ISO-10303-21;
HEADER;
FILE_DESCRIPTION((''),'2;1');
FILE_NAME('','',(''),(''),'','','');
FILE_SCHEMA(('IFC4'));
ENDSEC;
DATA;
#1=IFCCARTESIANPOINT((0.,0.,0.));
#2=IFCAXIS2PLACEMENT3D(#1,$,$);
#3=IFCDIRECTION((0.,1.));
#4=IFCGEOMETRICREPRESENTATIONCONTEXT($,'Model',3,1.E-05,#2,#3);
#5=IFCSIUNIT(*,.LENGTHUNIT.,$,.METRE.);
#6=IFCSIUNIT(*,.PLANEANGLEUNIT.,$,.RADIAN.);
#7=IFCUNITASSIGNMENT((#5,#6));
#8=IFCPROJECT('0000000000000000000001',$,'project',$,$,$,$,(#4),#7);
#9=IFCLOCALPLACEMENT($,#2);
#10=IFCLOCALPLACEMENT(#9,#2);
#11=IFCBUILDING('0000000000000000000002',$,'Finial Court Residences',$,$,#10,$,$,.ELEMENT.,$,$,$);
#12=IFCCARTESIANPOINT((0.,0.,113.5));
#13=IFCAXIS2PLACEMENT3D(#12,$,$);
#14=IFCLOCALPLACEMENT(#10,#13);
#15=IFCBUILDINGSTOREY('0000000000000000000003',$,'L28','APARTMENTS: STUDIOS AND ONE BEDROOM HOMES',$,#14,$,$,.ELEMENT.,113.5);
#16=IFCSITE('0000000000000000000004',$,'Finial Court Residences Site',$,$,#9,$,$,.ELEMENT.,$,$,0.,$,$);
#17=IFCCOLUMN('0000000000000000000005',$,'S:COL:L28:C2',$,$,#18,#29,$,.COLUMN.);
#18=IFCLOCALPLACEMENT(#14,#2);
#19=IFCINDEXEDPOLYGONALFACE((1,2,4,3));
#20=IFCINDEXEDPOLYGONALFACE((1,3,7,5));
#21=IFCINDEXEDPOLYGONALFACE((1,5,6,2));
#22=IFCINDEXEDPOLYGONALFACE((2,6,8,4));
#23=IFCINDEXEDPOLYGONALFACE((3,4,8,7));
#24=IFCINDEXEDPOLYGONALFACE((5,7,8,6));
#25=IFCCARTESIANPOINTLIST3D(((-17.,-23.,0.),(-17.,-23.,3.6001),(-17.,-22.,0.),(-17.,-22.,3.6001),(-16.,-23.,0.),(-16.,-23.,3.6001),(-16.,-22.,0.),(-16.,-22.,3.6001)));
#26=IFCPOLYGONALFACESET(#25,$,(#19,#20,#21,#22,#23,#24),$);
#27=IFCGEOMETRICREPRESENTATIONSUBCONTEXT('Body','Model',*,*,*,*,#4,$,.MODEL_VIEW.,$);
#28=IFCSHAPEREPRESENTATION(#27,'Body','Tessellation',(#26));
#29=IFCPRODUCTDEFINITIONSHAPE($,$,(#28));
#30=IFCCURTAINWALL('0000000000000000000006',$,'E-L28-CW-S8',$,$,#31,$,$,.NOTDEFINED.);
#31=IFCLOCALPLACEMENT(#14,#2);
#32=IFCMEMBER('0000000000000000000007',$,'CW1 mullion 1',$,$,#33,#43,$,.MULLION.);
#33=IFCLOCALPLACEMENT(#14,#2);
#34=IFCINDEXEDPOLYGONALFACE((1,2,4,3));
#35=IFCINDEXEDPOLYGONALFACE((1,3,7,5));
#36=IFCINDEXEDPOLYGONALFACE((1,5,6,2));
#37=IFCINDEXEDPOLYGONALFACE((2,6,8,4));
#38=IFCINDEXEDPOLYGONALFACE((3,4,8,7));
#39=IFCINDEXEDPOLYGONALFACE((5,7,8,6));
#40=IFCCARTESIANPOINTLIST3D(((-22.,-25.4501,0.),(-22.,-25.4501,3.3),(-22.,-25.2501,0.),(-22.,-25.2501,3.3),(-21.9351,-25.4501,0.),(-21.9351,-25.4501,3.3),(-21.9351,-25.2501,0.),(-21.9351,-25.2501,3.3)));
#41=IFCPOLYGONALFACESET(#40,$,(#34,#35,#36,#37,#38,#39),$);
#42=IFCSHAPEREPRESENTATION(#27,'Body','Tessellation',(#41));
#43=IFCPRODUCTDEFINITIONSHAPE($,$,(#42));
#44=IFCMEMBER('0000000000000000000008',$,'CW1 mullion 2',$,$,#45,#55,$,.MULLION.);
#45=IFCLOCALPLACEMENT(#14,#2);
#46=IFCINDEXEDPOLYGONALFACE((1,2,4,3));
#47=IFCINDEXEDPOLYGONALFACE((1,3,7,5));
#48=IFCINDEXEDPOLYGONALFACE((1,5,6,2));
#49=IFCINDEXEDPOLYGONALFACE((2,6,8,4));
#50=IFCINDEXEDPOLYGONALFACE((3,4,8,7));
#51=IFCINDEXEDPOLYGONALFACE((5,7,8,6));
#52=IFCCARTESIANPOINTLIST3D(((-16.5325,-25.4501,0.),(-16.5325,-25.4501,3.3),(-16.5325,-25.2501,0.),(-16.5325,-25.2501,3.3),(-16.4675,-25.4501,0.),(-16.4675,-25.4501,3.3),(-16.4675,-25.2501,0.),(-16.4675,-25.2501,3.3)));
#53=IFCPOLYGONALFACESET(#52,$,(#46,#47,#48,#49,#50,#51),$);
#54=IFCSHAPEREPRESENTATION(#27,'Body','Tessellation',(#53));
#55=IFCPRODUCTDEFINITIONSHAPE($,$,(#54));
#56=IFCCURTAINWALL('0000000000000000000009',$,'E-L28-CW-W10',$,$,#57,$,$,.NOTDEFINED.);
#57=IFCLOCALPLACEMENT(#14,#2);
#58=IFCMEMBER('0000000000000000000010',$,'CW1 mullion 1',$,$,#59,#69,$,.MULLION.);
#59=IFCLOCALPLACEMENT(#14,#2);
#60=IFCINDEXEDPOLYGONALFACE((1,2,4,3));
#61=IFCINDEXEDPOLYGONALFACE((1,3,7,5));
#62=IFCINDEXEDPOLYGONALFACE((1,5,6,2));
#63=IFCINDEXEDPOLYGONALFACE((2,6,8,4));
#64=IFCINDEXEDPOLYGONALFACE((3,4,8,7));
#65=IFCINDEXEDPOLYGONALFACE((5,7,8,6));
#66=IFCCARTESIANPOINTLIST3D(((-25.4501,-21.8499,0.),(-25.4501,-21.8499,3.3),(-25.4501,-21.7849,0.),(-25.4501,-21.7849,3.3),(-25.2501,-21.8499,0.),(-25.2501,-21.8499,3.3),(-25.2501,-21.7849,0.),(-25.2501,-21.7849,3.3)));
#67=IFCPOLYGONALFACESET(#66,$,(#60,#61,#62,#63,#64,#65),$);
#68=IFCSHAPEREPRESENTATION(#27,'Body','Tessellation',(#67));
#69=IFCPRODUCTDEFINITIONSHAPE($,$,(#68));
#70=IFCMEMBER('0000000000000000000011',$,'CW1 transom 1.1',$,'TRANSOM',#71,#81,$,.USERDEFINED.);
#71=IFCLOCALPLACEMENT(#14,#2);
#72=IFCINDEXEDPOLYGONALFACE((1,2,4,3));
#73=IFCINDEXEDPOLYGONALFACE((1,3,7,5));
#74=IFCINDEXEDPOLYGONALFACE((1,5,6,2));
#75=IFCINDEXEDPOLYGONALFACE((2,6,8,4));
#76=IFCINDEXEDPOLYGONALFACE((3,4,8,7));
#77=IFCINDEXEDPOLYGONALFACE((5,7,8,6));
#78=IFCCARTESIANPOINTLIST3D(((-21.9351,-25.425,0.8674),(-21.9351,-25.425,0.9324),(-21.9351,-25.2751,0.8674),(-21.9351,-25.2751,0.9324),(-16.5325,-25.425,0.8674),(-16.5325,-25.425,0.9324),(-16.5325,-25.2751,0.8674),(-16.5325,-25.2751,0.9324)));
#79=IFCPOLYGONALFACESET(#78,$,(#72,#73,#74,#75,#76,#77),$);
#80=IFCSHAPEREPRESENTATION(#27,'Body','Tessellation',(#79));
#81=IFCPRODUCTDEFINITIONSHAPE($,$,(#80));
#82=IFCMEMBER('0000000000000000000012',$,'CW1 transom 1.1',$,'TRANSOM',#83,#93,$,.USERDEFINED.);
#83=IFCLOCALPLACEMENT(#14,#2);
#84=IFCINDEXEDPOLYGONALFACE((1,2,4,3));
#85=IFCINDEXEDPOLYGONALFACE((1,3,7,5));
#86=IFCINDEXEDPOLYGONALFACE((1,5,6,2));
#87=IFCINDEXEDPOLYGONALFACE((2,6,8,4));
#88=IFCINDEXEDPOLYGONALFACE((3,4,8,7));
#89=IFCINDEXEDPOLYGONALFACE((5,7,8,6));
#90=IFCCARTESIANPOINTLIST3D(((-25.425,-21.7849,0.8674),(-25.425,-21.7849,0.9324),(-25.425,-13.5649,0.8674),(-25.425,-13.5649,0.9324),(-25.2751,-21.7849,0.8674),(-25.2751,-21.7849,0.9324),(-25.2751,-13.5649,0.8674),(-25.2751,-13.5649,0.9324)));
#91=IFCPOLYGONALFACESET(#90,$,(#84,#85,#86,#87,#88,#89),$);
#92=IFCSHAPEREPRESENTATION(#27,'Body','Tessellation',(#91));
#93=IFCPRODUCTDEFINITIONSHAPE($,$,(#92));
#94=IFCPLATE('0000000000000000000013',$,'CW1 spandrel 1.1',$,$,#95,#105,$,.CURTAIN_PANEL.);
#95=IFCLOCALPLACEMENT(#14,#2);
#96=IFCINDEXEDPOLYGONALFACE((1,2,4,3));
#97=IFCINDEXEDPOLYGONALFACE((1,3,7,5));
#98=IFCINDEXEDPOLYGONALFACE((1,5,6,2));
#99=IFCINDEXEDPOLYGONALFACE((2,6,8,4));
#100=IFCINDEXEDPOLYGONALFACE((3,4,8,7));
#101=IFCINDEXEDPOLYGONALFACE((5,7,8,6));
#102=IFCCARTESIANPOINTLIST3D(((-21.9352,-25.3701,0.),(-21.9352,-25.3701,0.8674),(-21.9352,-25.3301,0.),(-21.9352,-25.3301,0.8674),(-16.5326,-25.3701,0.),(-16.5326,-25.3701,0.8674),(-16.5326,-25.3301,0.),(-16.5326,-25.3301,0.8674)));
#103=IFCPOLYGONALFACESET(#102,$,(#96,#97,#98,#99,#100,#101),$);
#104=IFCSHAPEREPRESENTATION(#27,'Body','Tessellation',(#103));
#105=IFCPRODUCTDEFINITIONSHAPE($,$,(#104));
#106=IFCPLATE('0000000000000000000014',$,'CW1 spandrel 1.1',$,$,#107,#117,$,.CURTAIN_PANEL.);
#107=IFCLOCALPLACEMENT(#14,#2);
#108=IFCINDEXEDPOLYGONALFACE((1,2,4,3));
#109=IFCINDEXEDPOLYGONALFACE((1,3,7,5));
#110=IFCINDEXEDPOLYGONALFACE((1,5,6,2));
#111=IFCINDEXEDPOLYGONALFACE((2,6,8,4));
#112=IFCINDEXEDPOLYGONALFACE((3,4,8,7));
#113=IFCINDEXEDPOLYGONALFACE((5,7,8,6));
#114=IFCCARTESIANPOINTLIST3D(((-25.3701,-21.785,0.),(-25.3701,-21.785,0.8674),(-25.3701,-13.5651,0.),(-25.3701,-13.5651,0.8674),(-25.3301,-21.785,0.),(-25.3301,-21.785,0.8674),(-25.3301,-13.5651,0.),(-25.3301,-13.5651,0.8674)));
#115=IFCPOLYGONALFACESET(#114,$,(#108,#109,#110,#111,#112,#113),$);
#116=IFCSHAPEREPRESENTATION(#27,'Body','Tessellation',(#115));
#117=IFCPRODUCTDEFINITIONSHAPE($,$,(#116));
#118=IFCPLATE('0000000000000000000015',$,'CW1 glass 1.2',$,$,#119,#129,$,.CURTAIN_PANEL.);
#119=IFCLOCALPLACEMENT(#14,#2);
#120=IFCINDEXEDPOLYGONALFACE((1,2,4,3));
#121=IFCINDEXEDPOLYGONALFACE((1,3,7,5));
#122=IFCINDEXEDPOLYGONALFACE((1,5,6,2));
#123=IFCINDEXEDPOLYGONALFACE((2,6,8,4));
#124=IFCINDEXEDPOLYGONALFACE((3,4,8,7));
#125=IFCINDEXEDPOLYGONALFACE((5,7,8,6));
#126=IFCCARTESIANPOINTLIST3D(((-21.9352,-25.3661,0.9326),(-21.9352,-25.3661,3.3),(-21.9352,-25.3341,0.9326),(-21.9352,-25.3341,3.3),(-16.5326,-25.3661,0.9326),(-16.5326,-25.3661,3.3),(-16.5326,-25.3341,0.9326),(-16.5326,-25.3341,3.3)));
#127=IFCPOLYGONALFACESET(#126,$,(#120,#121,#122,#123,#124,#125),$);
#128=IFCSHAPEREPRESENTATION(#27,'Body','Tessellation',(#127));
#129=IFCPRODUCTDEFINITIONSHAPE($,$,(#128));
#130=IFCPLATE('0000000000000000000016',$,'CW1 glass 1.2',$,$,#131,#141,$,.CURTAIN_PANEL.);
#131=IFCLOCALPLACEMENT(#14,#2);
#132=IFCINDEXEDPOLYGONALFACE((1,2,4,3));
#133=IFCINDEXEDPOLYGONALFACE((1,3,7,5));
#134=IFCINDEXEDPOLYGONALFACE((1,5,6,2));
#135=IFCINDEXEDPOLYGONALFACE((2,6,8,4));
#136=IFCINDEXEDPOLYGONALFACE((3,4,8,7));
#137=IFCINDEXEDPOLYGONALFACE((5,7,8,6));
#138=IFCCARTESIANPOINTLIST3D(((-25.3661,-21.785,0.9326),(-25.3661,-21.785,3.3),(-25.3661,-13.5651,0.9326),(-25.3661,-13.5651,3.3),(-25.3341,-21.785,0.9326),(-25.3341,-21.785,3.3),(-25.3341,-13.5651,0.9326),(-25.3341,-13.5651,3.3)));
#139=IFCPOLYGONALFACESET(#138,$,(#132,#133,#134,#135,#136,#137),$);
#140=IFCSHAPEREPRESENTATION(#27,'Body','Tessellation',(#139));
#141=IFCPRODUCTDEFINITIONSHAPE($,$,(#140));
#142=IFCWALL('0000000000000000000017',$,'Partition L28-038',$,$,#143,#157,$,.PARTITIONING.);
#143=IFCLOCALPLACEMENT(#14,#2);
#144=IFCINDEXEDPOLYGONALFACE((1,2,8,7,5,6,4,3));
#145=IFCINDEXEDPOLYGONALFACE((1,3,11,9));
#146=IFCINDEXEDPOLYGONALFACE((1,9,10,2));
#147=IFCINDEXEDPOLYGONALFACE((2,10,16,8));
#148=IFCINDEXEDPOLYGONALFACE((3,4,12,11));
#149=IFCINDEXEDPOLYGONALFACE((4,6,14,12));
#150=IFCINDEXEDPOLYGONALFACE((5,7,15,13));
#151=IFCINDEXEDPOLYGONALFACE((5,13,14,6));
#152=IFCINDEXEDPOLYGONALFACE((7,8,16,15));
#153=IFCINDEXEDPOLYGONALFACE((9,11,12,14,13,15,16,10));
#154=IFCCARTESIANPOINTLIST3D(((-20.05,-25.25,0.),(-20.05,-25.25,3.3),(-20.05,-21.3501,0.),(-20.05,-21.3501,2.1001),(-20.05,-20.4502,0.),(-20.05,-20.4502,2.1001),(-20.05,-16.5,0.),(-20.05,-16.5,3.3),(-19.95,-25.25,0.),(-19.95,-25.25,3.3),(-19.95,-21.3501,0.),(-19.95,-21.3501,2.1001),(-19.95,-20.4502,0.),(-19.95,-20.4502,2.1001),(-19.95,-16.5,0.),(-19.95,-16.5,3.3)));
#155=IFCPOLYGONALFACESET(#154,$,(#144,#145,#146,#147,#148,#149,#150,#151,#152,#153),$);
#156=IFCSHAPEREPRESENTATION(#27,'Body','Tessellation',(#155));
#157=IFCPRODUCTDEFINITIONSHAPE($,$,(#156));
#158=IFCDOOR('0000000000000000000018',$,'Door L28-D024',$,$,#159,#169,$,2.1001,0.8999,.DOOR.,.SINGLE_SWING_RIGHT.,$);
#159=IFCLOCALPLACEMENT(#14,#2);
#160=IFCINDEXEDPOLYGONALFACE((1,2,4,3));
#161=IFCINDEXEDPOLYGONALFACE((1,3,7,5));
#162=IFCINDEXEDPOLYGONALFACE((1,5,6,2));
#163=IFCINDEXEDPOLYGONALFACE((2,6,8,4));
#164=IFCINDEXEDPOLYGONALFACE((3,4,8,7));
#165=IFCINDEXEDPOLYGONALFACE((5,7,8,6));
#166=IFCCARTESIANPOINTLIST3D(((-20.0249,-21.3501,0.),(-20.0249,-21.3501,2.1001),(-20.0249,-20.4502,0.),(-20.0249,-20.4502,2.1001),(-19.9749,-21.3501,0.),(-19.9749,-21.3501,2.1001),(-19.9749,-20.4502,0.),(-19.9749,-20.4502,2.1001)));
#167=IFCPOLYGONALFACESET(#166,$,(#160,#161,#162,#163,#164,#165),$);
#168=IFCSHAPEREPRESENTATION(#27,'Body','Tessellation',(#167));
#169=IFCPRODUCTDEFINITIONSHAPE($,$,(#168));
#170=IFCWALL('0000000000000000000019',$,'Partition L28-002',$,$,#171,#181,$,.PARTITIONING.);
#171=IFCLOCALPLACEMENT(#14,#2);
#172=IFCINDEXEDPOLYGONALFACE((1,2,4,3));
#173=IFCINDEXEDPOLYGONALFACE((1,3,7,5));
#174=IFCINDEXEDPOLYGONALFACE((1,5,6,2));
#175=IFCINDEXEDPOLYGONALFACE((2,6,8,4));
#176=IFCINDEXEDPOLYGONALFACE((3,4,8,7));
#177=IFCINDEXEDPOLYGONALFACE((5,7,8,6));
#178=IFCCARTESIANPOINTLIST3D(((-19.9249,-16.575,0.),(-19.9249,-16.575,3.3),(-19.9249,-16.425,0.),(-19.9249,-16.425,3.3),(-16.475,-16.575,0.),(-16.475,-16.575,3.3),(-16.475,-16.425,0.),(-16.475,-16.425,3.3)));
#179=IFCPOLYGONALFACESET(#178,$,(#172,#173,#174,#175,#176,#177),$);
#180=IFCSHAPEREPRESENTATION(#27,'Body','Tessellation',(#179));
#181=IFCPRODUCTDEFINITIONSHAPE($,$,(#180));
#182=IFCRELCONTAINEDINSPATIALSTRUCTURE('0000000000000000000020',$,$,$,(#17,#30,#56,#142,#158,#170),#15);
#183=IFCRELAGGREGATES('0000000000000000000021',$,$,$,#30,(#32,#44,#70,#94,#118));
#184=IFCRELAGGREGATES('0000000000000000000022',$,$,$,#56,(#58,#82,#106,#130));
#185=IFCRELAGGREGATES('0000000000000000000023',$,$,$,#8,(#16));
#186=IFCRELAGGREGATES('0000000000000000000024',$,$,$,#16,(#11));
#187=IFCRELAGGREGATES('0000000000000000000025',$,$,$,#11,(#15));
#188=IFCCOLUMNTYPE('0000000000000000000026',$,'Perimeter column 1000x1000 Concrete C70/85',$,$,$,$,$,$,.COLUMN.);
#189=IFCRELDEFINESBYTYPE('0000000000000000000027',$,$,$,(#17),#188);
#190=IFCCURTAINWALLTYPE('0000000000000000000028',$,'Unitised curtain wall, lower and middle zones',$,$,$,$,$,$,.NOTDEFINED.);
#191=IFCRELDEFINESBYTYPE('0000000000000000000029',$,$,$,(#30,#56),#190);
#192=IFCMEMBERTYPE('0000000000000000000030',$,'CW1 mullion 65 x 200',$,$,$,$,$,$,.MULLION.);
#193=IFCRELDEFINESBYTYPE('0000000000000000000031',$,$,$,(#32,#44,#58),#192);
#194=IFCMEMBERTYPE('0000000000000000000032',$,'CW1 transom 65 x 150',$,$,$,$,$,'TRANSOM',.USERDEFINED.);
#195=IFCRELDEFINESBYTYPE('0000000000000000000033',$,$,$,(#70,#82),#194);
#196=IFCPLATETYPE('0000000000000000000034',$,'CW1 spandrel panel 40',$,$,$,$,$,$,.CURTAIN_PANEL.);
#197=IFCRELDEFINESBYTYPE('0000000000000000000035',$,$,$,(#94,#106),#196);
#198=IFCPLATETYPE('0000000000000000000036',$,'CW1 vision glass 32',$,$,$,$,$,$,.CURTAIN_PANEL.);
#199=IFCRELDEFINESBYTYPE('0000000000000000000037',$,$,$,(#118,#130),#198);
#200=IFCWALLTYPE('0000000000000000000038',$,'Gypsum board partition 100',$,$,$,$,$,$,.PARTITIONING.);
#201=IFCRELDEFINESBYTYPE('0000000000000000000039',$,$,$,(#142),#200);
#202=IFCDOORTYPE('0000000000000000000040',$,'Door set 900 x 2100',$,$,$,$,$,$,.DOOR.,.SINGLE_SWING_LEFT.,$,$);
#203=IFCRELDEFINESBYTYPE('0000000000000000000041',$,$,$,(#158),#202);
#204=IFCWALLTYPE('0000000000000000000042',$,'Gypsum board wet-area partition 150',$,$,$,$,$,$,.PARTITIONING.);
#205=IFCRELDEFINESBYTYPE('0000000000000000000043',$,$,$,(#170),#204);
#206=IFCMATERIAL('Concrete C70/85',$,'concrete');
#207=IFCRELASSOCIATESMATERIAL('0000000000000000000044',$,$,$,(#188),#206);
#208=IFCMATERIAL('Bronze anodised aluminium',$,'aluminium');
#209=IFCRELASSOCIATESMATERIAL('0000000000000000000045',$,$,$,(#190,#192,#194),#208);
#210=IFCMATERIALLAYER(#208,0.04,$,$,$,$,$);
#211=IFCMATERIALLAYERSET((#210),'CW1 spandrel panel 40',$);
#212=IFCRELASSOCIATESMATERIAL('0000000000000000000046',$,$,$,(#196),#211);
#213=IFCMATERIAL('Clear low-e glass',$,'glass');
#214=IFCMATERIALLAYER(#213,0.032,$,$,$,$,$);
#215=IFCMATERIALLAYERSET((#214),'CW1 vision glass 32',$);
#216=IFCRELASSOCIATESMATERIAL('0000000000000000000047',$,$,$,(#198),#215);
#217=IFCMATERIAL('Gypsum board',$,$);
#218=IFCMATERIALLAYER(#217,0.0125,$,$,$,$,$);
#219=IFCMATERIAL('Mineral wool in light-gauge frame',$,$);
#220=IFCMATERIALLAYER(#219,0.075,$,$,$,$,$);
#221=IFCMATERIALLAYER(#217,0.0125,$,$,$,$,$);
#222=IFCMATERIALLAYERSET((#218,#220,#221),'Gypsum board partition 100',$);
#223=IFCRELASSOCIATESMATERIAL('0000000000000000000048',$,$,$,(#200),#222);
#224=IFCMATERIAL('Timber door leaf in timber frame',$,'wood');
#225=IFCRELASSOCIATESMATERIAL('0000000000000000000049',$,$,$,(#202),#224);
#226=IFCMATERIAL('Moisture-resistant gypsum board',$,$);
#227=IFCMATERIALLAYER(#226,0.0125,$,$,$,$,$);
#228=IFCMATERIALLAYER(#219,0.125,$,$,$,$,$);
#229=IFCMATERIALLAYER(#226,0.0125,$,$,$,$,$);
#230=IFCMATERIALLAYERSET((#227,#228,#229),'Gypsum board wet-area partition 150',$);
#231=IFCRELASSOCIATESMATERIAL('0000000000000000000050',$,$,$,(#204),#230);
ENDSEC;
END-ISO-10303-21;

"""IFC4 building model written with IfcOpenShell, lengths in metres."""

from ifc_helpers import new_model, si_unit, direction, frame, frame_2d, origin, origin_2d, place, context, subcontext, project, spatial, rectangle, extrude, material, layer, layer_set, material_profile, profile_set, type_object, element, fill, aggregate, save


model = new_model("IFC4")

# Units and contexts
model_context = context("Model", 3, precision=1e-05, world=origin(), true_north=direction((0.0, 1.0)))
body_context = subcontext(model_context, "Body", "Model", "MODEL_VIEW")
ifc_project = project(units=[si_unit("LENGTHUNIT", "METRE"), si_unit("PLANEANGLEUNIT", "RADIAN")], contexts=[model_context])

# Site, building, storey
site_placement = place(None, origin())
site = spatial("IfcSite", under=ifc_project, at=site_placement, Name="Finial Court Residences Site", CompositionType="ELEMENT", RefElevation=0.0)
building_placement = place(site_placement, origin())
building = spatial("IfcBuilding", under=site, at=building_placement, Name="Finial Court Residences", CompositionType="ELEMENT")
storey_placement = place(building_placement, frame((0.0, 0.0, 113.5)))
storey = spatial("IfcBuildingStorey", under=building, at=storey_placement, Name="L28", Description="APARTMENTS: STUDIOS AND ONE BEDROOM HOMES", CompositionType="ELEMENT", Elevation=113.5)

# Column
ifc_material_1 = material(Name="Concrete C70/85", Category="concrete")
ifc_material_profile_1 = material_profile(ifc_material_1, rectangle(XDim=1.0, YDim=1.0, at=origin_2d()), Name="1000x1000")
ifc_profile_set_1 = profile_set([ifc_material_profile_1], Name="Concrete C70/85")
column_type = type_object("IfcColumnType", Name="Perimeter column 1000x1000 Concrete C70/85", PredefinedType="COLUMN", material=ifc_profile_set_1)
column_placement = place(storey_placement, frame((-16.5, -22.5, 0.0), z_axis=(0.0, 0.0, 1.0), x_axis=(1.0, 0.0, 0.0)))
element("IfcColumn", 1, at=column_placement, inside=storey, type_object=column_type, Name="S:COL:L28:C2", PredefinedType="COLUMN", context=body_context, shape_type="SweptSolid", body=[
    extrude(rectangle(XDim=1.0, YDim=1.0, at=origin_2d()), origin(), (0.0, 0.0, 1.0), 3.6001),
])

# Curtain wall, members
ifc_material_2 = material(Name="Bronze anodised aluminium", Category="aluminium")
curtain_wall_type = type_object("IfcCurtainWallType", Name="Unitised curtain wall, lower and middle zones", PredefinedType="NOTDEFINED", material=ifc_material_2)
curtain_wall_1_placement = place(storey_placement, origin())
curtain_wall_1 = element("IfcCurtainWall", 2, at=curtain_wall_1_placement, inside=storey, type_object=curtain_wall_type, Name="E-L28-CW-S8", PredefinedType="NOTDEFINED")
ifc_material_profile_2 = material_profile(ifc_material_2, rectangle(XDim=0.2, YDim=0.0649, at=origin_2d()), Name="CW1 mullion 65 x 200")
ifc_profile_set_2 = profile_set([ifc_material_profile_2], Name="Bronze anodised aluminium")
member_type_1 = type_object("IfcMemberType", Name="CW1 mullion 65 x 200", PredefinedType="MULLION", material=ifc_profile_set_2)
member_1_placement = place(storey_placement, frame((-21.9675, -25.3501, 0.0), z_axis=(0.0, 0.0, 1.0), x_axis=(0.0, 1.0, 0.0)))
member_1 = element("IfcMember", 3, at=member_1_placement, type_object=member_type_1, Name="CW1 mullion 1", PredefinedType="MULLION", context=body_context, shape_type="SweptSolid", body=[
    extrude(rectangle(XDim=0.2, YDim=0.0649, at=origin_2d()), origin(), (0.0, 0.0, 1.0), 3.3),
])
member_2_placement = place(storey_placement, frame((-16.5, -25.3501, 0.0), z_axis=(0.0, 0.0, 1.0), x_axis=(0.0, 1.0, 0.0)))
member_2 = element("IfcMember", 4, at=member_2_placement, type_object=member_type_1, Name="CW1 mullion 2", PredefinedType="MULLION", context=body_context, shape_type="SweptSolid", body=[
    extrude(rectangle(XDim=0.2, YDim=0.0649, at=origin_2d()), origin(), (0.0, 0.0, 1.0), 3.3),
])

# Curtain wall, member
curtain_wall_2_placement = place(storey_placement, origin())
curtain_wall_2 = element("IfcCurtainWall", 5, at=curtain_wall_2_placement, inside=storey, type_object=curtain_wall_type, Name="E-L28-CW-W10", PredefinedType="NOTDEFINED")
member_3_placement = place(storey_placement, frame((-25.3501, -21.8174, 0.0), z_axis=(0.0, 0.0, 1.0), x_axis=(-1.0, 0.0, 0.0)))
member_3 = element("IfcMember", 6, at=member_3_placement, type_object=member_type_1, Name="CW1 mullion 1", PredefinedType="MULLION", context=body_context, shape_type="SweptSolid", body=[
    extrude(rectangle(XDim=0.2, YDim=0.0649, at=origin_2d()), origin(), (0.0, 0.0, 1.0), 3.3),
])

# Members
ifc_material_profile_3 = material_profile(ifc_material_2, rectangle(XDim=0.1499, YDim=0.0649, at=origin_2d()), Name="CW1 transom 65 x 150")
ifc_profile_set_3 = profile_set([ifc_material_profile_3], Name="Bronze anodised aluminium")
member_type_2 = type_object("IfcMemberType", Name="CW1 transom 65 x 150", ElementType="TRANSOM", PredefinedType="USERDEFINED", material=ifc_profile_set_3)
member_4_placement = place(storey_placement, frame((-21.9351, -25.3501, 0.8999), z_axis=(1.0, 0.0, 0.0), x_axis=(0.0, 1.0, 0.0)))
member_4 = element("IfcMember", 7, at=member_4_placement, type_object=member_type_2, Name="CW1 transom 1.1", ObjectType="TRANSOM", PredefinedType="USERDEFINED", context=body_context, shape_type="SweptSolid", body=[
    extrude(rectangle(XDim=0.1499, YDim=0.0649, at=origin_2d()), origin(), (0.0, 0.0, 1.0), 5.4026),
])
member_5_placement = place(storey_placement, frame((-25.3501, -21.7849, 0.8999), z_axis=(0.0, 1.0, 0.0), x_axis=(-1.0, 0.0, 0.0)))
member_5 = element("IfcMember", 8, at=member_5_placement, type_object=member_type_2, Name="CW1 transom 1.1", ObjectType="TRANSOM", PredefinedType="USERDEFINED", context=body_context, shape_type="SweptSolid", body=[
    extrude(rectangle(XDim=0.1499, YDim=0.0649, at=origin_2d()), origin(), (0.0, 0.0, 1.0), 8.22),
])

# Plates
ifc_layer_1 = layer(ifc_material_2, 0.04)
ifc_layer_set_1 = layer_set([ifc_layer_1], Name="CW1 spandrel panel 40")
plate_type_1 = type_object("IfcPlateType", Name="CW1 spandrel panel 40", PredefinedType="CURTAIN_PANEL", material=ifc_layer_set_1)
plate_1_placement = place(storey_placement, frame((-19.2339, -25.3501, 0.0), z_axis=(0.0, 0.0, 1.0), x_axis=(1.0, 0.0, 0.0)))
plate_1 = element("IfcPlate", 9, at=plate_1_placement, type_object=plate_type_1, Name="CW1 spandrel 1.1", PredefinedType="CURTAIN_PANEL", context=body_context, shape_type="SweptSolid", body=[
    extrude(rectangle(XDim=5.4026, YDim=0.04, at=origin_2d()), origin(), (0.0, 0.0, 1.0), 0.8674),
])
plate_2_placement = place(storey_placement, frame((-25.3501, -17.675, 0.0), z_axis=(0.0, 0.0, 1.0), x_axis=(0.0, 1.0, 0.0)))
plate_2 = element("IfcPlate", 10, at=plate_2_placement, type_object=plate_type_1, Name="CW1 spandrel 1.1", PredefinedType="CURTAIN_PANEL", context=body_context, shape_type="SweptSolid", body=[
    extrude(rectangle(XDim=8.22, YDim=0.04, at=origin_2d()), origin(), (0.0, 0.0, 1.0), 0.8674),
])
ifc_material_3 = material(Name="Clear low-e glass", Category="glass")
ifc_layer_2 = layer(ifc_material_3, 0.032)
ifc_layer_set_2 = layer_set([ifc_layer_2], Name="CW1 vision glass 32")
plate_type_2 = type_object("IfcPlateType", Name="CW1 vision glass 32", PredefinedType="CURTAIN_PANEL", material=ifc_layer_set_2)
plate_3_placement = place(storey_placement, frame((-19.2339, -25.3501, 0.9326), z_axis=(0.0, 0.0, 1.0), x_axis=(1.0, 0.0, 0.0)))
plate_3 = element("IfcPlate", 11, at=plate_3_placement, type_object=plate_type_2, Name="CW1 glass 1.2", PredefinedType="CURTAIN_PANEL", context=body_context, shape_type="SweptSolid", body=[
    extrude(rectangle(XDim=5.4026, YDim=0.032, at=origin_2d()), origin(), (0.0, 0.0, 1.0), 2.3674),
])
aggregate(curtain_wall_1, [member_1, member_2, member_4, plate_1, plate_3])
plate_4_placement = place(storey_placement, frame((-25.3501, -17.675, 0.9326), z_axis=(0.0, 0.0, 1.0), x_axis=(0.0, 1.0, 0.0)))
plate_4 = element("IfcPlate", 12, at=plate_4_placement, type_object=plate_type_2, Name="CW1 glass 1.2", PredefinedType="CURTAIN_PANEL", context=body_context, shape_type="SweptSolid", body=[
    extrude(rectangle(XDim=8.22, YDim=0.032, at=origin_2d()), origin(), (0.0, 0.0, 1.0), 2.3674),
])
aggregate(curtain_wall_2, [member_3, member_5, plate_2, plate_4])

# Wall, opening, door
ifc_material_4 = material(Name="Gypsum board")
ifc_layer_3 = layer(ifc_material_4, 0.0125)
ifc_material_5 = material(Name="Mineral wool in light-gauge frame")
ifc_layer_4 = layer(ifc_material_5, 0.075)
ifc_layer_5 = layer(ifc_material_4, 0.0125)
ifc_layer_set_3 = layer_set([ifc_layer_3, ifc_layer_4, ifc_layer_5], Name="Gypsum board partition 100")
wall_type_1 = type_object("IfcWallType", Name="Gypsum board partition 100", PredefinedType="PARTITIONING", material=ifc_layer_set_3)
wall_1_placement = place(storey_placement, frame((-20.0, -25.25, 0.0), z_axis=(0.0, 0.0, 1.0), x_axis=(0.0, 1.0, 0.0)))
wall_1 = element("IfcWall", 13, at=wall_1_placement, inside=storey, type_object=wall_type_1, Name="Partition L28-038", PredefinedType="PARTITIONING", context=body_context, shape_type="SweptSolid", body=[
    extrude(rectangle(XDim=8.75, YDim=0.1001, at=frame_2d((4.375, 0.0))), origin(), (0.0, 0.0, 1.0), 3.3),
])
opening_1_placement = place(wall_1_placement, frame((3.8999, 0.0, 0.0)))
opening_1 = element("IfcOpeningElement", 14, at=opening_1_placement, cuts=wall_1, PredefinedType="OPENING", context=body_context, shape_type="SweptSolid", body=[
    extrude(rectangle(XDim=0.8999, YDim=2.1001, at=frame_2d((0.45, 1.05))), frame((0.0, 0.0601, 0.0), z_axis=(0.0, -1.0, 0.0), x_axis=(1.0, 0.0, 0.0)), (0.0, 0.0, 1.0), 0.1201),
])
ifc_material_6 = material(Name="Timber door leaf in timber frame", Category="wood")
door_type = type_object("IfcDoorType", Name="Door set 900 x 2100", OperationType="SINGLE_SWING_LEFT", PredefinedType="DOOR", material=ifc_material_6)
door_1_placement = place(opening_1_placement, origin())
door_1 = element("IfcDoor", 15, at=door_1_placement, inside=storey, type_object=door_type, Name="Door L28-D024", OperationType="SINGLE_SWING_RIGHT", OverallHeight=2.1001, OverallWidth=0.8999, PredefinedType="DOOR", context=body_context, shape_type="SweptSolid", body=[
    extrude(rectangle(XDim=0.8999, YDim=2.1001, at=frame_2d((0.45, 1.05))), frame((0.0, 0.0249, 0.0), z_axis=(0.0, -1.0, 0.0), x_axis=(1.0, 0.0, 0.0)), (0.0, 0.0, 1.0), 0.05),
])
fill(opening_1, door_1)

# Wall
ifc_material_7 = material(Name="Moisture-resistant gypsum board")
ifc_layer_6 = layer(ifc_material_7, 0.0125)
ifc_layer_7 = layer(ifc_material_5, 0.125)
ifc_layer_8 = layer(ifc_material_7, 0.0125)
ifc_layer_set_4 = layer_set([ifc_layer_6, ifc_layer_7, ifc_layer_8], Name="Gypsum board wet-area partition 150")
wall_type_2 = type_object("IfcWallType", Name="Gypsum board wet-area partition 150", PredefinedType="PARTITIONING", material=ifc_layer_set_4)
wall_2_placement = place(storey_placement, frame((-19.925, -16.5, 0.0), z_axis=(0.0, 0.0, 1.0), x_axis=(1.0, 0.0, 0.0)))
element("IfcWall", 16, at=wall_2_placement, inside=storey, type_object=wall_type_2, Name="Partition L28-002", PredefinedType="PARTITIONING", context=body_context, shape_type="SweptSolid", body=[
    extrude(rectangle(XDim=3.45, YDim=0.1499, at=frame_2d((1.7251, 0.0))), origin(), (0.0, 0.0, 1.0), 3.3),
])

save(model, "model.ifc")
